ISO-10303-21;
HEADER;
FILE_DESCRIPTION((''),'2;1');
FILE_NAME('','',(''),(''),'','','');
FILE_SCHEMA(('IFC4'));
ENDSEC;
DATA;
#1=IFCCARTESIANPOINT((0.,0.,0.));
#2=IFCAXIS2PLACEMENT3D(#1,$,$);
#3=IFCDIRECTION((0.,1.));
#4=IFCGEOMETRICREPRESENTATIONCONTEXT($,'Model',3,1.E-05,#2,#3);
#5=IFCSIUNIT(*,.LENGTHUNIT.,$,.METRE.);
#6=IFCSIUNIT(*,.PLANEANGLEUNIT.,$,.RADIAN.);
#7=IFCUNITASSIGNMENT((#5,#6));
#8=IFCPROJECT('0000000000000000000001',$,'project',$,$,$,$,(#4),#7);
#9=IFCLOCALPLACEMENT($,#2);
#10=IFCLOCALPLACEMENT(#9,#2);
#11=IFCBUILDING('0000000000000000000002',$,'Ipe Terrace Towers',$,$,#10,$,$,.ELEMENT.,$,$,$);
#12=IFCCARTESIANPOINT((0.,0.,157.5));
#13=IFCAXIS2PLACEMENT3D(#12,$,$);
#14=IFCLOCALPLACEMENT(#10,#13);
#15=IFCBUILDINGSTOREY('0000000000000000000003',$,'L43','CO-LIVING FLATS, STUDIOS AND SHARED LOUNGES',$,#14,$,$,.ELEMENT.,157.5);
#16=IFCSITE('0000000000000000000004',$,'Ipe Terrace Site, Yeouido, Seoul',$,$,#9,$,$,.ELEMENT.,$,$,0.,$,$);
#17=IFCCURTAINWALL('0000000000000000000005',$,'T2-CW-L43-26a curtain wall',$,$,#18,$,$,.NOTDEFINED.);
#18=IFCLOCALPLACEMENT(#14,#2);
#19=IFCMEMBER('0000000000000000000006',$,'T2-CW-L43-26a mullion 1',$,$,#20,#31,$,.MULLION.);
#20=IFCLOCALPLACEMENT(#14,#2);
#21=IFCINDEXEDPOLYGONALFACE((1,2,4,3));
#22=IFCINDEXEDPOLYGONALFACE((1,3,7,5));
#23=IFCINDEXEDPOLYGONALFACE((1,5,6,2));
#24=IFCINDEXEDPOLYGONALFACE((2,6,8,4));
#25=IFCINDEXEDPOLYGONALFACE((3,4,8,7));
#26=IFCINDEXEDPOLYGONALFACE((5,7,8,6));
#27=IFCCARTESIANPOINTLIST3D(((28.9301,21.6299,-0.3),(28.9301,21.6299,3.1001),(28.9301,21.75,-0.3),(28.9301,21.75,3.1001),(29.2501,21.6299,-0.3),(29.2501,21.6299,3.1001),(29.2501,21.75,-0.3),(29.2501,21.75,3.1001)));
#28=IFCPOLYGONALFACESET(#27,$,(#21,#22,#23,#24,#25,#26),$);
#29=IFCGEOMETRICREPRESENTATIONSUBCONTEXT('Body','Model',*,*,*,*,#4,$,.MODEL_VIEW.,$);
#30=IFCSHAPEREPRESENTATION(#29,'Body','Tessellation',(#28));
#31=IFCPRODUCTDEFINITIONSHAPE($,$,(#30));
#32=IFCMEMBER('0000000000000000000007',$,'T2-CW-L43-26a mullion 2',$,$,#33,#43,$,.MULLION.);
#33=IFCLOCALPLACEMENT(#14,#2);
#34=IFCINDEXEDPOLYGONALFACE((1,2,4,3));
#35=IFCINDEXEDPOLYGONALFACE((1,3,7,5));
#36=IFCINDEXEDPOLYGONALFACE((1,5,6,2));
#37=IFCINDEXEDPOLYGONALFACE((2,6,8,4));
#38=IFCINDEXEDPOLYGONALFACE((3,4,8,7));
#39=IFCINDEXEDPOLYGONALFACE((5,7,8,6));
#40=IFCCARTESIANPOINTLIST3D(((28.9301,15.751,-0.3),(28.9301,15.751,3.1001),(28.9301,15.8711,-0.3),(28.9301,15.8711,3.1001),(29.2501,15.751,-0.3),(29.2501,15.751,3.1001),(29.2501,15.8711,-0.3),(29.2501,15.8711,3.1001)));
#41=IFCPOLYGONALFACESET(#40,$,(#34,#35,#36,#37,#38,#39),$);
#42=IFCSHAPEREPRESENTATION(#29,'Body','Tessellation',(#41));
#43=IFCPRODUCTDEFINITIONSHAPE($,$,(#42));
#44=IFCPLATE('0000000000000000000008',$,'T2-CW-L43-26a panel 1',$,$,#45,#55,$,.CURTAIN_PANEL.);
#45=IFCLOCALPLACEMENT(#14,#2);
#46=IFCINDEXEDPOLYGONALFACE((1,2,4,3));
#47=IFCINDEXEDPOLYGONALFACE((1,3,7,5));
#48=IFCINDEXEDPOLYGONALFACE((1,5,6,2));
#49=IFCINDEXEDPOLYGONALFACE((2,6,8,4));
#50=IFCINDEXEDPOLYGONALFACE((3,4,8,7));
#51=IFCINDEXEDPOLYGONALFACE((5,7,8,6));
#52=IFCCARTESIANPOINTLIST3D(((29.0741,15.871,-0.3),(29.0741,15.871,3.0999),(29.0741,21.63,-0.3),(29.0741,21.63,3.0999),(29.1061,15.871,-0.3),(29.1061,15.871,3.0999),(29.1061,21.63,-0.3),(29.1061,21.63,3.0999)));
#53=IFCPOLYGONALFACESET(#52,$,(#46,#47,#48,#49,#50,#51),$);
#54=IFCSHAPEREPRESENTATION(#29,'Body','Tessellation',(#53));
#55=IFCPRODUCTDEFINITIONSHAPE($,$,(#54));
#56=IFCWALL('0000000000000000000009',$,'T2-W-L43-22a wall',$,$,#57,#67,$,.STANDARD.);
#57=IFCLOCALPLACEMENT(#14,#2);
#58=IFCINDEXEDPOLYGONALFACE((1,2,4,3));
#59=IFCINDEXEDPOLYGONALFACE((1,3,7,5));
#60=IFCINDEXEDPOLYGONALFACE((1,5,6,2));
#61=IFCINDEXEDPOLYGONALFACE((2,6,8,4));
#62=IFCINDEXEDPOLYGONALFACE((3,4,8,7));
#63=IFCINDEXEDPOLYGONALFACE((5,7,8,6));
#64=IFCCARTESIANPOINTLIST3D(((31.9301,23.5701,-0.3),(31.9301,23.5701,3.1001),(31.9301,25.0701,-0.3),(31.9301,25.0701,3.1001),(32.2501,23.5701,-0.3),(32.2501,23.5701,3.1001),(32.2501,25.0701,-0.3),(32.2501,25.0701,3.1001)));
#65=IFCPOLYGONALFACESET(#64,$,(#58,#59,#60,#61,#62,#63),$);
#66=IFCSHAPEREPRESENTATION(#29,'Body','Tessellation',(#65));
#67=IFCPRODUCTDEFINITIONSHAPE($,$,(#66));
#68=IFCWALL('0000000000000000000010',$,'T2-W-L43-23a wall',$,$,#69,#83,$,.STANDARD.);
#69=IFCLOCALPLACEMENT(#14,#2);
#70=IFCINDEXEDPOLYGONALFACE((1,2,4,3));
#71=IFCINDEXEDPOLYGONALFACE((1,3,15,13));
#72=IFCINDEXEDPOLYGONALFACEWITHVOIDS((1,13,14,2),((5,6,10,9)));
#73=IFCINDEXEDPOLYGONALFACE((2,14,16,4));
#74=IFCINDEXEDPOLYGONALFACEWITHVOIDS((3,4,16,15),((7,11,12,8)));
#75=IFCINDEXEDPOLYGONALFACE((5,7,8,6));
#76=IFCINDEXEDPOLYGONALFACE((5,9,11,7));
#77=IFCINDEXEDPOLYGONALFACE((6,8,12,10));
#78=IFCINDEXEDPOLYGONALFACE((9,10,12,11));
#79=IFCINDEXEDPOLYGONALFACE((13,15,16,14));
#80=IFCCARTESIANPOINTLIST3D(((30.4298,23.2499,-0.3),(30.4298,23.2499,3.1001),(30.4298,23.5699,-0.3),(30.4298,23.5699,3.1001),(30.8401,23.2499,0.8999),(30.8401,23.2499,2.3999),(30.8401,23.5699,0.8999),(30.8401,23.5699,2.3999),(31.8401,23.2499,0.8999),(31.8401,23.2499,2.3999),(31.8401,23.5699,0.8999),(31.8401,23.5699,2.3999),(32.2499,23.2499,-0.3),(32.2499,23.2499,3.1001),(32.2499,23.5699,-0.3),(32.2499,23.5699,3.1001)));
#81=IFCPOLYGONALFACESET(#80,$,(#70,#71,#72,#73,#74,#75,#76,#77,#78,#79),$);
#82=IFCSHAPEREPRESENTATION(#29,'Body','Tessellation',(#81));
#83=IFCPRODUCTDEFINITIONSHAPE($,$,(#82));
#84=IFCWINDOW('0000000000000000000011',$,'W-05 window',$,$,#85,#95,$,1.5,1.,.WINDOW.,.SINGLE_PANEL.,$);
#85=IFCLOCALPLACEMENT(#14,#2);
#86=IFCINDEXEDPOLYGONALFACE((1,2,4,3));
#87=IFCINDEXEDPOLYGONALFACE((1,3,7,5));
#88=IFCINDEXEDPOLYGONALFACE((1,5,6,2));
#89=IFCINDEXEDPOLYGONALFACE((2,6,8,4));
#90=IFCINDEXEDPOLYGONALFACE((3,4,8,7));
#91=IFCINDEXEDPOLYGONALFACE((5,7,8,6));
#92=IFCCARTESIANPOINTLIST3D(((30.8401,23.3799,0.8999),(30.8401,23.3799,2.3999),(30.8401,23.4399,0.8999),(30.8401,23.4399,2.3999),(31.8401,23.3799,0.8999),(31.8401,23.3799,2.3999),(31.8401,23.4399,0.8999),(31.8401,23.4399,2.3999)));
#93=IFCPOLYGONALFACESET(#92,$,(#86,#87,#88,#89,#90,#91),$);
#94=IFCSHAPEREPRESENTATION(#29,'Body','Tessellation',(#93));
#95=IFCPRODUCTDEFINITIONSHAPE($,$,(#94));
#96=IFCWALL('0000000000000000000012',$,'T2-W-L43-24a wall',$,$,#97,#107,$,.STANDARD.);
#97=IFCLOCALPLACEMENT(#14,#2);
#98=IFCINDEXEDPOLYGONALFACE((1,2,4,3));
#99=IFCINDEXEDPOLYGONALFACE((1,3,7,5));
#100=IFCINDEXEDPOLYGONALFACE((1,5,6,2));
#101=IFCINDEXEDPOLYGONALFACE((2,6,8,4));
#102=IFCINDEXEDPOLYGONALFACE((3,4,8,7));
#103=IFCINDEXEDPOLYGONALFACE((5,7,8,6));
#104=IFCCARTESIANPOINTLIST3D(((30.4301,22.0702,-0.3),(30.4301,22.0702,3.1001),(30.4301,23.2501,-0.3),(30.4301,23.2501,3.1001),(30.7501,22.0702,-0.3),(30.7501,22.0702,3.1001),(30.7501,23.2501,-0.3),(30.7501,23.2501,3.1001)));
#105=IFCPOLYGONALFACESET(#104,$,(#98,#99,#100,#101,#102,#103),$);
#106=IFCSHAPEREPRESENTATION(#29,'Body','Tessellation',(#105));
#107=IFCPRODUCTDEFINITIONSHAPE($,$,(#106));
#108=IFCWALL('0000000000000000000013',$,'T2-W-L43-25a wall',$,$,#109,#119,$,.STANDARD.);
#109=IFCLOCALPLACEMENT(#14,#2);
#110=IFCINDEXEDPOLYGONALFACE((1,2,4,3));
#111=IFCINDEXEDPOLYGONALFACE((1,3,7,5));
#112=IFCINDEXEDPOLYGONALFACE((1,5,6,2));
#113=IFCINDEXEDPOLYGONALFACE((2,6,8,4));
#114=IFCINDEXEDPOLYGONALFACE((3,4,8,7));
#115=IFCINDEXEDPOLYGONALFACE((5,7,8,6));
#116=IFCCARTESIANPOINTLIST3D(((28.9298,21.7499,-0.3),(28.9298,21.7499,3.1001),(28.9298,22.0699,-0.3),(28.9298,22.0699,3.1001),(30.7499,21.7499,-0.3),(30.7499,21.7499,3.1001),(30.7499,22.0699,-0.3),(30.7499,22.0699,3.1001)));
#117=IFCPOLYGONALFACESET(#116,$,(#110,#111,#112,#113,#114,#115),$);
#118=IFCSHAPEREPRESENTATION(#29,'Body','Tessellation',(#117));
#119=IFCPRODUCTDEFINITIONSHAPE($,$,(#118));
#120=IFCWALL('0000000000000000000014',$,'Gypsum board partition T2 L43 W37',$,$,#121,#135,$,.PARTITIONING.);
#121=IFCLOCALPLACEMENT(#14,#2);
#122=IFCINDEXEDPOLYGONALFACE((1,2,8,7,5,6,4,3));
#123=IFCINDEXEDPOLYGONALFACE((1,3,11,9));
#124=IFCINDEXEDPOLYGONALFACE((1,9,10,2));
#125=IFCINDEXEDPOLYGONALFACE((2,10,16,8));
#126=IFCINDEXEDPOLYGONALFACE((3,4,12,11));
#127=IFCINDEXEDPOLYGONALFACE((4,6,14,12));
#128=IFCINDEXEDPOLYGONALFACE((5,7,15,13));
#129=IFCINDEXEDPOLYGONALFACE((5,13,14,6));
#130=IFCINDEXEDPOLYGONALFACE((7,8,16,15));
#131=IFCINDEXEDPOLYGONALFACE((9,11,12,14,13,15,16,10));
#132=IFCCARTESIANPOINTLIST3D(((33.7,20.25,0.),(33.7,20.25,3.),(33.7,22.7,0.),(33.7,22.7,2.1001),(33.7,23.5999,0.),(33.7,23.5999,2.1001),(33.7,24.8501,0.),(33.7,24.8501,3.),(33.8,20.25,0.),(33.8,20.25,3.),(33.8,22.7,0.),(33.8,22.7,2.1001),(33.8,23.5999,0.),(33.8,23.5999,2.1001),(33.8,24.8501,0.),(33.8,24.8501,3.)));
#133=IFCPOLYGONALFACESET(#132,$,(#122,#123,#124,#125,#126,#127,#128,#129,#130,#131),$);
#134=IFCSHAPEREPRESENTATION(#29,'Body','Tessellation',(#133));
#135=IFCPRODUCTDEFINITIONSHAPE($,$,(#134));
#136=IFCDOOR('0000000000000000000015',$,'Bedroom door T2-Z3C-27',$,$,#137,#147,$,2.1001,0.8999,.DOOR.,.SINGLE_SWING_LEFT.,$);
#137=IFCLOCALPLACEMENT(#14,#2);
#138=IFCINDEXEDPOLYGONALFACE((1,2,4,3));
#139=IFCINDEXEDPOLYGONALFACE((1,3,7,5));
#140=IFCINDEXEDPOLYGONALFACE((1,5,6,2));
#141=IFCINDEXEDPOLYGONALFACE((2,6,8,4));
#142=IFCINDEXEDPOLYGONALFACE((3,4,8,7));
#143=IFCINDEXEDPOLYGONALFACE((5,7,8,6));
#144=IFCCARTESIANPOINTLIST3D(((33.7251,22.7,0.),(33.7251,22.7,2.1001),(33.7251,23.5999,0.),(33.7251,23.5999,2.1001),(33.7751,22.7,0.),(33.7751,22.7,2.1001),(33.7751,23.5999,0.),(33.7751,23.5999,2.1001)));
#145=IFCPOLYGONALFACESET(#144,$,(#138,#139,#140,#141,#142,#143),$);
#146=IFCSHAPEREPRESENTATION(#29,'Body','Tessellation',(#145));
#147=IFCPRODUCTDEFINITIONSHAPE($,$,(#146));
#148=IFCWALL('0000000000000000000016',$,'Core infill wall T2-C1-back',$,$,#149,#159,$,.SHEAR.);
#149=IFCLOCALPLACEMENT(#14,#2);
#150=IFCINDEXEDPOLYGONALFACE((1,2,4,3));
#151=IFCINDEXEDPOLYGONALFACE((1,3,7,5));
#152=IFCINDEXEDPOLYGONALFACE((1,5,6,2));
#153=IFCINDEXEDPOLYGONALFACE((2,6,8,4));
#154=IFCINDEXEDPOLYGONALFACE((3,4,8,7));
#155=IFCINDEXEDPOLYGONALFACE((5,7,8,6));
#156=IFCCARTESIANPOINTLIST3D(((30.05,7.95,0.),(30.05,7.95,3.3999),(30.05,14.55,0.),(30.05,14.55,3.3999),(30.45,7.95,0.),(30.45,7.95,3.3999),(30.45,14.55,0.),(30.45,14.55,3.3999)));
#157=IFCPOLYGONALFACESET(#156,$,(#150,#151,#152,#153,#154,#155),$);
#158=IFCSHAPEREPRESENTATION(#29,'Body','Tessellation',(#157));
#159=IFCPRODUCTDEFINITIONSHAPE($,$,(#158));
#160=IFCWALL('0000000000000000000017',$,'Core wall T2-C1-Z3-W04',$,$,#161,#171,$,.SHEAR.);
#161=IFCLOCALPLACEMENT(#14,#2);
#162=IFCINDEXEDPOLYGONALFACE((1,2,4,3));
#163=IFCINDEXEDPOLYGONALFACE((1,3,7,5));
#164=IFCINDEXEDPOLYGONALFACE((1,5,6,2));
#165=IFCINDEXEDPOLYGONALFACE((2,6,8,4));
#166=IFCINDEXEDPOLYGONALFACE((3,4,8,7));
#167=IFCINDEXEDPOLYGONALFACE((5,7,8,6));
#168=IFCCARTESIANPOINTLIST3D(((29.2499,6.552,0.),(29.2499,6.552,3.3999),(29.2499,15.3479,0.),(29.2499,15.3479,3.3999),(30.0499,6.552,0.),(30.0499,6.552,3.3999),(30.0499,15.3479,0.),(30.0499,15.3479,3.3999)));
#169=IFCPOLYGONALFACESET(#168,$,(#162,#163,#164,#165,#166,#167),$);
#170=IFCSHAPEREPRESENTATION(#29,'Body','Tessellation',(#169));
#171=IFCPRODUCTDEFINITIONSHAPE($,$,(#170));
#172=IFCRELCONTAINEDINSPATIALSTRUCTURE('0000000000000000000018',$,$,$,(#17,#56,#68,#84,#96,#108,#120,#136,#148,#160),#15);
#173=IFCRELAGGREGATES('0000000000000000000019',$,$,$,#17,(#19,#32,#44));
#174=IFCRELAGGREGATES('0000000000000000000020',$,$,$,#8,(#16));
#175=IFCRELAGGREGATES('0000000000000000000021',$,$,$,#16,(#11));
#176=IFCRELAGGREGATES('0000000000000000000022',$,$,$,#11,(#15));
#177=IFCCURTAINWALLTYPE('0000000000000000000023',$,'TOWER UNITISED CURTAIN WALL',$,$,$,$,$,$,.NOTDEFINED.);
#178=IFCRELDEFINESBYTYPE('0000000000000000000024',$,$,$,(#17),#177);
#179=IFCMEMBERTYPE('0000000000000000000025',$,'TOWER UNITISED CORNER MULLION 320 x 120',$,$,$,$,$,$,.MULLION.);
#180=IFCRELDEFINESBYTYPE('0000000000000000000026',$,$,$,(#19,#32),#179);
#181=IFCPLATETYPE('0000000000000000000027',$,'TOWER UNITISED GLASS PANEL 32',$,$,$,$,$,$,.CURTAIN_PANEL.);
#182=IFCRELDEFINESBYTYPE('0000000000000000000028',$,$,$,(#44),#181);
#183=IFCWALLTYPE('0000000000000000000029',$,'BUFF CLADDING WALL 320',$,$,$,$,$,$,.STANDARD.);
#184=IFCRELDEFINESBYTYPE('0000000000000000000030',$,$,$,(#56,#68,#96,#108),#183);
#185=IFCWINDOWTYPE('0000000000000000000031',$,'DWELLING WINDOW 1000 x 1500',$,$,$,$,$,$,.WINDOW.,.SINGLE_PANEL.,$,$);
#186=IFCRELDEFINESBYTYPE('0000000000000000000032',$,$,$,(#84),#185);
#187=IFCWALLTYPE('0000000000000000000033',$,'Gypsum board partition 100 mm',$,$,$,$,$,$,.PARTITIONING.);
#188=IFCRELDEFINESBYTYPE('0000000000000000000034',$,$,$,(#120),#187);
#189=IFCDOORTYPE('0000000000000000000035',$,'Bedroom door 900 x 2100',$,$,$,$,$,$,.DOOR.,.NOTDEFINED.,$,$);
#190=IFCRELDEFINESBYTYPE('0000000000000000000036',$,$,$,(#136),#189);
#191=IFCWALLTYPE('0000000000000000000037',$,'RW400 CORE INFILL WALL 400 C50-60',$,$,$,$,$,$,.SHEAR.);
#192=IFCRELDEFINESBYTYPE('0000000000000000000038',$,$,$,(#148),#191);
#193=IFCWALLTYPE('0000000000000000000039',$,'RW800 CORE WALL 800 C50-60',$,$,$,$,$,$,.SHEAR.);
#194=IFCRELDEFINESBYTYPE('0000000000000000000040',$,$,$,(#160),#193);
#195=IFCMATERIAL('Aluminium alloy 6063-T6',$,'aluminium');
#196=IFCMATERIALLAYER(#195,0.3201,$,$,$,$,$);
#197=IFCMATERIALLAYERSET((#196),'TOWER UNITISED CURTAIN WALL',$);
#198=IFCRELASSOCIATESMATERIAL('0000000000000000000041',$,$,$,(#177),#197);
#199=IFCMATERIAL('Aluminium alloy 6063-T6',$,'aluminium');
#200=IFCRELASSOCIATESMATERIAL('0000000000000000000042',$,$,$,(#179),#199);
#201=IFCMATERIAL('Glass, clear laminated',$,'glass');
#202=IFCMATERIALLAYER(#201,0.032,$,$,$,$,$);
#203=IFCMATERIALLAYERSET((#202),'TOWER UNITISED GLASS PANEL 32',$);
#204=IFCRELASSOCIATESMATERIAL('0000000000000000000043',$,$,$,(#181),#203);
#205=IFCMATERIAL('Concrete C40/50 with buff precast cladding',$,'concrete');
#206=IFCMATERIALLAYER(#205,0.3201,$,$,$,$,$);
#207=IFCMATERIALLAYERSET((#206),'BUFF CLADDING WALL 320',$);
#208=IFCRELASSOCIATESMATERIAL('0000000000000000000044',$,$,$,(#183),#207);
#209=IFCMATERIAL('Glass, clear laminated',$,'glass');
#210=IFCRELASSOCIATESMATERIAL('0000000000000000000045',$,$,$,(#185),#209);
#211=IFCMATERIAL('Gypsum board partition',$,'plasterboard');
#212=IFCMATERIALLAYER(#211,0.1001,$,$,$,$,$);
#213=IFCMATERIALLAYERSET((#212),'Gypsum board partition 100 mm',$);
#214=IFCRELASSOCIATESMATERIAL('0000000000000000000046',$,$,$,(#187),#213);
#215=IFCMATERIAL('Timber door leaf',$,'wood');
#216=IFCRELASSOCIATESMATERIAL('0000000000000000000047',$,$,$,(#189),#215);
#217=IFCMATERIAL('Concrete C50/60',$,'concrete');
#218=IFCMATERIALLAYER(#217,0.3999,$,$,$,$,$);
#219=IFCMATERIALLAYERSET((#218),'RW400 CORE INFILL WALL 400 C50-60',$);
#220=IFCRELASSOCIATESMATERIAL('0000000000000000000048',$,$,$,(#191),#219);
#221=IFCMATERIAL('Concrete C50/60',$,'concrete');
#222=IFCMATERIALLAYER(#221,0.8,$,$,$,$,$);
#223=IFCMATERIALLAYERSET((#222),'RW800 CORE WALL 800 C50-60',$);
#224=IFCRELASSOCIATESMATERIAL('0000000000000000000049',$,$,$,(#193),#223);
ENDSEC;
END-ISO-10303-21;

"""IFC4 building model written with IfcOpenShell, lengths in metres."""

from ifc_helpers import new_model, si_unit, direction, frame, frame_2d, origin, origin_2d, place, context, subcontext, project, spatial, rectangle, extrude, material, layer, layer_set, material_profile, profile_set, type_object, element, fill, aggregate, save


model = new_model("IFC4")

# Units and contexts
model_context = context("Model", 3, precision=1e-05, world=origin(), true_north=direction((0.0, 1.0)))
body_context = subcontext(model_context, "Body", "Model", "MODEL_VIEW")
ifc_project = project(units=[si_unit("LENGTHUNIT", "METRE"), si_unit("PLANEANGLEUNIT", "RADIAN")], contexts=[model_context])

# Site, building, storey
site_placement = place(None, origin())
site = spatial("IfcSite", under=ifc_project, at=site_placement, Name="Ipe Terrace Site, Yeouido, Seoul", CompositionType="ELEMENT", RefElevation=0.0)
building_placement = place(site_placement, origin())
building = spatial("IfcBuilding", under=site, at=building_placement, Name="Ipe Terrace Towers", CompositionType="ELEMENT")
storey_placement = place(building_placement, frame((0.0, 0.0, 157.5)))
storey = spatial("IfcBuildingStorey", under=building, at=storey_placement, Name="L43", Description="CO-LIVING FLATS, STUDIOS AND SHARED LOUNGES", CompositionType="ELEMENT", Elevation=157.5)

# Shared definitions
ifc_material_1 = material(Name="Aluminium alloy 6063-T6", Category="aluminium")
ifc_layer_1 = layer(ifc_material_1, 0.3201)
ifc_layer_set_1 = layer_set([ifc_layer_1], Name="TOWER UNITISED CURTAIN WALL")
curtain_wall_type = type_object("IfcCurtainWallType", Name="TOWER UNITISED CURTAIN WALL", PredefinedType="NOTDEFINED", material=ifc_layer_set_1)
ifc_material_2 = material(Name="Aluminium alloy 6063-T6", Category="aluminium")
ifc_material_profile_1 = material_profile(ifc_material_2, rectangle(XDim=0.3201, YDim=0.1201, at=origin_2d()), Name="TOWER UNITISED CORNER MULLION 320 x 120")
ifc_profile_set_1 = profile_set([ifc_material_profile_1], Name="Aluminium alloy 6063-T6")
member_type = type_object("IfcMemberType", Name="TOWER UNITISED CORNER MULLION 320 x 120", PredefinedType="MULLION", material=ifc_profile_set_1)

# Curtain wall, members, plate
curtain_wall_1_placement = place(storey_placement, origin())
curtain_wall_1 = element("IfcCurtainWall", 1, at=curtain_wall_1_placement, inside=storey, type_object=curtain_wall_type, Name="T2-CW-L43-26a curtain wall", PredefinedType="NOTDEFINED")
member_1_placement = place(storey_placement, frame((29.0901, 21.6899, -0.3), z_axis=(0.0, 0.0, 1.0), x_axis=(-1.0, 0.0, 0.0)))
member_1 = element("IfcMember", 2, at=member_1_placement, type_object=member_type, Name="T2-CW-L43-26a mullion 1", PredefinedType="MULLION", context=body_context, shape_type="SweptSolid", body=[
    extrude(rectangle(XDim=0.3201, YDim=0.1201, at=origin_2d()), origin(), (0.0, 0.0, 1.0), 3.4001),
])
member_2_placement = place(storey_placement, frame((29.0901, 15.811, -0.3), z_axis=(0.0, 0.0, 1.0), x_axis=(-1.0, 0.0, 0.0)))
member_2 = element("IfcMember", 3, at=member_2_placement, type_object=member_type, Name="T2-CW-L43-26a mullion 2", PredefinedType="MULLION", context=body_context, shape_type="SweptSolid", body=[
    extrude(rectangle(XDim=0.3201, YDim=0.1201, at=origin_2d()), origin(), (0.0, 0.0, 1.0), 3.4001),
])
ifc_material_3 = material(Name="Glass, clear laminated", Category="glass")
ifc_layer_2 = layer(ifc_material_3, 0.032)
ifc_layer_set_2 = layer_set([ifc_layer_2], Name="TOWER UNITISED GLASS PANEL 32")
plate_type = type_object("IfcPlateType", Name="TOWER UNITISED GLASS PANEL 32", PredefinedType="CURTAIN_PANEL", material=ifc_layer_set_2)
plate_placement = place(storey_placement, frame((29.0901, 18.7505, -0.3), z_axis=(0.0, 0.0, 1.0), x_axis=(0.0, -1.0, 0.0)))
plate = element("IfcPlate", 4, at=plate_placement, type_object=plate_type, Name="T2-CW-L43-26a panel 1", PredefinedType="CURTAIN_PANEL", context=body_context, shape_type="SweptSolid", body=[
    extrude(rectangle(XDim=5.759, YDim=0.032, at=origin_2d()), origin(), (0.0, 0.0, 1.0), 3.3999),
])
aggregate(curtain_wall_1, [member_1, member_2, plate])

# Wall
ifc_material_4 = material(Name="Concrete C40/50 with buff precast cladding", Category="concrete")
ifc_layer_3 = layer(ifc_material_4, 0.3201)
ifc_layer_set_3 = layer_set([ifc_layer_3], Name="BUFF CLADDING WALL 320")
wall_type_1 = type_object("IfcWallType", Name="BUFF CLADDING WALL 320", PredefinedType="STANDARD", material=ifc_layer_set_3)
wall_1_placement = place(storey_placement, frame((32.0901, 25.0701, -0.3), z_axis=(0.0, 0.0, 1.0), x_axis=(0.0, -1.0, 0.0)))
element("IfcWall", 5, at=wall_1_placement, inside=storey, type_object=wall_type_1, Name="T2-W-L43-22a wall", PredefinedType="STANDARD", context=body_context, shape_type="SweptSolid", body=[
    extrude(rectangle(XDim=1.5, YDim=0.3201, at=frame_2d((0.75, 0.0))), origin(), (0.0, 0.0, 1.0), 3.4001),
])

# Wall, opening, window
wall_2_placement = place(storey_placement, frame((32.25, 23.4099, -0.3), z_axis=(0.0, 0.0, 1.0), x_axis=(-1.0, 0.0, 0.0)))
wall_2 = element("IfcWall", 6, at=wall_2_placement, inside=storey, type_object=wall_type_1, Name="T2-W-L43-23a wall", PredefinedType="STANDARD", context=body_context, shape_type="SweptSolid", body=[
    extrude(rectangle(XDim=1.8201, YDim=0.3201, at=frame_2d((0.9102, 0.0))), origin(), (0.0, 0.0, 1.0), 3.4001),
])
opening_1_placement = place(wall_2_placement, frame((0.4099, 0.0, 1.2)))
opening_1 = element("IfcOpeningElement", 7, at=opening_1_placement, cuts=wall_2, PredefinedType="OPENING", context=body_context, shape_type="SweptSolid", body=[
    extrude(rectangle(XDim=1.0, YDim=1.5, at=frame_2d((0.5, 0.75))), frame((0.0, 0.1699, 0.0), z_axis=(0.0, -1.0, 0.0), x_axis=(1.0, 0.0, 0.0)), (0.0, 0.0, 1.0), 0.3401),
])
ifc_material_5 = material(Name="Glass, clear laminated", Category="glass")
window_type = type_object("IfcWindowType", Name="DWELLING WINDOW 1000 x 1500", PartitioningType="SINGLE_PANEL", PredefinedType="WINDOW", material=ifc_material_5)
window_placement = place(opening_1_placement, origin())
window = element("IfcWindow", 8, at=window_placement, inside=storey, type_object=window_type, Name="W-05 window", OverallHeight=1.5, OverallWidth=1.0, PartitioningType="SINGLE_PANEL", PredefinedType="WINDOW", context=body_context, shape_type="SweptSolid", body=[
    extrude(rectangle(XDim=1.0, YDim=1.5, at=frame_2d((0.5, 0.75))), frame((0.0, 0.03, 0.0), z_axis=(0.0, -1.0, 0.0), x_axis=(1.0, 0.0, 0.0)), (0.0, 0.0, 1.0), 0.0601),
])
fill(opening_1, window)

# Walls
wall_3_placement = place(storey_placement, frame((30.5901, 23.25, -0.3), z_axis=(0.0, 0.0, 1.0), x_axis=(0.0, -1.0, 0.0)))
element("IfcWall", 9, at=wall_3_placement, inside=storey, type_object=wall_type_1, Name="T2-W-L43-24a wall", PredefinedType="STANDARD", context=body_context, shape_type="SweptSolid", body=[
    extrude(rectangle(XDim=1.1799, YDim=0.3201, at=frame_2d((0.5898, 0.0))), origin(), (0.0, 0.0, 1.0), 3.4001),
])
wall_4_placement = place(storey_placement, frame((30.75, 21.9099, -0.3), z_axis=(0.0, 0.0, 1.0), x_axis=(-1.0, 0.0, 0.0)))
element("IfcWall", 10, at=wall_4_placement, inside=storey, type_object=wall_type_1, Name="T2-W-L43-25a wall", PredefinedType="STANDARD", context=body_context, shape_type="SweptSolid", body=[
    extrude(rectangle(XDim=1.8201, YDim=0.3201, at=frame_2d((0.9102, 0.0))), origin(), (0.0, 0.0, 1.0), 3.4001),
])

# Wall, opening, door
ifc_material_6 = material(Name="Gypsum board partition", Category="plasterboard")
ifc_layer_4 = layer(ifc_material_6, 0.1001)
ifc_layer_set_4 = layer_set([ifc_layer_4], Name="Gypsum board partition 100 mm")
wall_type_2 = type_object("IfcWallType", Name="Gypsum board partition 100 mm", PredefinedType="PARTITIONING", material=ifc_layer_set_4)
wall_5_placement = place(storey_placement, frame((33.75, 20.25, 0.0), z_axis=(0.0, 0.0, 1.0), x_axis=(0.0, 1.0, 0.0)))
wall_5 = element("IfcWall", 11, at=wall_5_placement, inside=storey, type_object=wall_type_2, Name="Gypsum board partition T2 L43 W37", PredefinedType="PARTITIONING", context=body_context, shape_type="SweptSolid", body=[
    extrude(rectangle(XDim=4.6001, YDim=0.1001, at=frame_2d((2.3, 0.0))), origin(), (0.0, 0.0, 1.0), 3.0),
])
opening_2_placement = place(wall_5_placement, frame((2.45, 0.0, 0.0)))
opening_2 = element("IfcOpeningElement", 12, at=opening_2_placement, cuts=wall_5, PredefinedType="OPENING", context=body_context, shape_type="SweptSolid", body=[
    extrude(rectangle(XDim=0.8999, YDim=2.1001, at=frame_2d((0.45, 1.05))), frame((0.0, 0.0601, 0.0), z_axis=(0.0, -1.0, 0.0), x_axis=(1.0, 0.0, 0.0)), (0.0, 0.0, 1.0), 0.1201),
])
ifc_material_7 = material(Name="Timber door leaf", Category="wood")
door_type = type_object("IfcDoorType", Name="Bedroom door 900 x 2100", OperationType="NOTDEFINED", PredefinedType="DOOR", material=ifc_material_7)
door_placement = place(opening_2_placement, origin())
door = element("IfcDoor", 13, at=door_placement, inside=storey, type_object=door_type, Name="Bedroom door T2-Z3C-27", OperationType="SINGLE_SWING_LEFT", OverallHeight=2.1001, OverallWidth=0.8999, PredefinedType="DOOR", context=body_context, shape_type="SweptSolid", body=[
    extrude(rectangle(XDim=0.8999, YDim=2.1001, at=frame_2d((0.45, 1.05))), frame((0.0, 0.0249, 0.0), z_axis=(0.0, -1.0, 0.0), x_axis=(1.0, 0.0, 0.0)), (0.0, 0.0, 1.0), 0.05),
])
fill(opening_2, door)

# Walls
ifc_material_8 = material(Name="Concrete C50/60", Category="concrete")
ifc_layer_5 = layer(ifc_material_8, 0.3999)
ifc_layer_set_5 = layer_set([ifc_layer_5], Name="RW400 CORE INFILL WALL 400 C50-60")
wall_type_3 = type_object("IfcWallType", Name="RW400 CORE INFILL WALL 400 C50-60", PredefinedType="SHEAR", material=ifc_layer_set_5)
wall_6_placement = place(storey_placement, frame((30.25, 7.95, 0.0), z_axis=(0.0, 0.0, 1.0), x_axis=(0.0, 1.0, 0.0)))
element("IfcWall", 14, at=wall_6_placement, inside=storey, type_object=wall_type_3, Name="Core infill wall T2-C1-back", PredefinedType="SHEAR", context=body_context, shape_type="SweptSolid", body=[
    extrude(rectangle(XDim=6.6001, YDim=0.3999, at=frame_2d((3.3, 0.0))), origin(), (0.0, 0.0, 1.0), 3.3999),
])
ifc_material_9 = material(Name="Concrete C50/60", Category="concrete")
ifc_layer_6 = layer(ifc_material_9, 0.8)
ifc_layer_set_6 = layer_set([ifc_layer_6], Name="RW800 CORE WALL 800 C50-60")
wall_type_4 = type_object("IfcWallType", Name="RW800 CORE WALL 800 C50-60", PredefinedType="SHEAR", material=ifc_layer_set_6)
wall_7_placement = place(storey_placement, frame((29.6499, 15.3479, 0.0), z_axis=(0.0, 0.0, 1.0), x_axis=(0.0, -1.0, 0.0)))
element("IfcWall", 15, at=wall_7_placement, inside=storey, type_object=wall_type_4, Name="Core wall T2-C1-Z3-W04", PredefinedType="SHEAR", context=body_context, shape_type="SweptSolid", body=[
    extrude(rectangle(XDim=8.7959, YDim=0.8, at=frame_2d((4.3979, 0.0))), origin(), (0.0, 0.0, 1.0), 3.3999),
])

save(model, "model.ifc")
